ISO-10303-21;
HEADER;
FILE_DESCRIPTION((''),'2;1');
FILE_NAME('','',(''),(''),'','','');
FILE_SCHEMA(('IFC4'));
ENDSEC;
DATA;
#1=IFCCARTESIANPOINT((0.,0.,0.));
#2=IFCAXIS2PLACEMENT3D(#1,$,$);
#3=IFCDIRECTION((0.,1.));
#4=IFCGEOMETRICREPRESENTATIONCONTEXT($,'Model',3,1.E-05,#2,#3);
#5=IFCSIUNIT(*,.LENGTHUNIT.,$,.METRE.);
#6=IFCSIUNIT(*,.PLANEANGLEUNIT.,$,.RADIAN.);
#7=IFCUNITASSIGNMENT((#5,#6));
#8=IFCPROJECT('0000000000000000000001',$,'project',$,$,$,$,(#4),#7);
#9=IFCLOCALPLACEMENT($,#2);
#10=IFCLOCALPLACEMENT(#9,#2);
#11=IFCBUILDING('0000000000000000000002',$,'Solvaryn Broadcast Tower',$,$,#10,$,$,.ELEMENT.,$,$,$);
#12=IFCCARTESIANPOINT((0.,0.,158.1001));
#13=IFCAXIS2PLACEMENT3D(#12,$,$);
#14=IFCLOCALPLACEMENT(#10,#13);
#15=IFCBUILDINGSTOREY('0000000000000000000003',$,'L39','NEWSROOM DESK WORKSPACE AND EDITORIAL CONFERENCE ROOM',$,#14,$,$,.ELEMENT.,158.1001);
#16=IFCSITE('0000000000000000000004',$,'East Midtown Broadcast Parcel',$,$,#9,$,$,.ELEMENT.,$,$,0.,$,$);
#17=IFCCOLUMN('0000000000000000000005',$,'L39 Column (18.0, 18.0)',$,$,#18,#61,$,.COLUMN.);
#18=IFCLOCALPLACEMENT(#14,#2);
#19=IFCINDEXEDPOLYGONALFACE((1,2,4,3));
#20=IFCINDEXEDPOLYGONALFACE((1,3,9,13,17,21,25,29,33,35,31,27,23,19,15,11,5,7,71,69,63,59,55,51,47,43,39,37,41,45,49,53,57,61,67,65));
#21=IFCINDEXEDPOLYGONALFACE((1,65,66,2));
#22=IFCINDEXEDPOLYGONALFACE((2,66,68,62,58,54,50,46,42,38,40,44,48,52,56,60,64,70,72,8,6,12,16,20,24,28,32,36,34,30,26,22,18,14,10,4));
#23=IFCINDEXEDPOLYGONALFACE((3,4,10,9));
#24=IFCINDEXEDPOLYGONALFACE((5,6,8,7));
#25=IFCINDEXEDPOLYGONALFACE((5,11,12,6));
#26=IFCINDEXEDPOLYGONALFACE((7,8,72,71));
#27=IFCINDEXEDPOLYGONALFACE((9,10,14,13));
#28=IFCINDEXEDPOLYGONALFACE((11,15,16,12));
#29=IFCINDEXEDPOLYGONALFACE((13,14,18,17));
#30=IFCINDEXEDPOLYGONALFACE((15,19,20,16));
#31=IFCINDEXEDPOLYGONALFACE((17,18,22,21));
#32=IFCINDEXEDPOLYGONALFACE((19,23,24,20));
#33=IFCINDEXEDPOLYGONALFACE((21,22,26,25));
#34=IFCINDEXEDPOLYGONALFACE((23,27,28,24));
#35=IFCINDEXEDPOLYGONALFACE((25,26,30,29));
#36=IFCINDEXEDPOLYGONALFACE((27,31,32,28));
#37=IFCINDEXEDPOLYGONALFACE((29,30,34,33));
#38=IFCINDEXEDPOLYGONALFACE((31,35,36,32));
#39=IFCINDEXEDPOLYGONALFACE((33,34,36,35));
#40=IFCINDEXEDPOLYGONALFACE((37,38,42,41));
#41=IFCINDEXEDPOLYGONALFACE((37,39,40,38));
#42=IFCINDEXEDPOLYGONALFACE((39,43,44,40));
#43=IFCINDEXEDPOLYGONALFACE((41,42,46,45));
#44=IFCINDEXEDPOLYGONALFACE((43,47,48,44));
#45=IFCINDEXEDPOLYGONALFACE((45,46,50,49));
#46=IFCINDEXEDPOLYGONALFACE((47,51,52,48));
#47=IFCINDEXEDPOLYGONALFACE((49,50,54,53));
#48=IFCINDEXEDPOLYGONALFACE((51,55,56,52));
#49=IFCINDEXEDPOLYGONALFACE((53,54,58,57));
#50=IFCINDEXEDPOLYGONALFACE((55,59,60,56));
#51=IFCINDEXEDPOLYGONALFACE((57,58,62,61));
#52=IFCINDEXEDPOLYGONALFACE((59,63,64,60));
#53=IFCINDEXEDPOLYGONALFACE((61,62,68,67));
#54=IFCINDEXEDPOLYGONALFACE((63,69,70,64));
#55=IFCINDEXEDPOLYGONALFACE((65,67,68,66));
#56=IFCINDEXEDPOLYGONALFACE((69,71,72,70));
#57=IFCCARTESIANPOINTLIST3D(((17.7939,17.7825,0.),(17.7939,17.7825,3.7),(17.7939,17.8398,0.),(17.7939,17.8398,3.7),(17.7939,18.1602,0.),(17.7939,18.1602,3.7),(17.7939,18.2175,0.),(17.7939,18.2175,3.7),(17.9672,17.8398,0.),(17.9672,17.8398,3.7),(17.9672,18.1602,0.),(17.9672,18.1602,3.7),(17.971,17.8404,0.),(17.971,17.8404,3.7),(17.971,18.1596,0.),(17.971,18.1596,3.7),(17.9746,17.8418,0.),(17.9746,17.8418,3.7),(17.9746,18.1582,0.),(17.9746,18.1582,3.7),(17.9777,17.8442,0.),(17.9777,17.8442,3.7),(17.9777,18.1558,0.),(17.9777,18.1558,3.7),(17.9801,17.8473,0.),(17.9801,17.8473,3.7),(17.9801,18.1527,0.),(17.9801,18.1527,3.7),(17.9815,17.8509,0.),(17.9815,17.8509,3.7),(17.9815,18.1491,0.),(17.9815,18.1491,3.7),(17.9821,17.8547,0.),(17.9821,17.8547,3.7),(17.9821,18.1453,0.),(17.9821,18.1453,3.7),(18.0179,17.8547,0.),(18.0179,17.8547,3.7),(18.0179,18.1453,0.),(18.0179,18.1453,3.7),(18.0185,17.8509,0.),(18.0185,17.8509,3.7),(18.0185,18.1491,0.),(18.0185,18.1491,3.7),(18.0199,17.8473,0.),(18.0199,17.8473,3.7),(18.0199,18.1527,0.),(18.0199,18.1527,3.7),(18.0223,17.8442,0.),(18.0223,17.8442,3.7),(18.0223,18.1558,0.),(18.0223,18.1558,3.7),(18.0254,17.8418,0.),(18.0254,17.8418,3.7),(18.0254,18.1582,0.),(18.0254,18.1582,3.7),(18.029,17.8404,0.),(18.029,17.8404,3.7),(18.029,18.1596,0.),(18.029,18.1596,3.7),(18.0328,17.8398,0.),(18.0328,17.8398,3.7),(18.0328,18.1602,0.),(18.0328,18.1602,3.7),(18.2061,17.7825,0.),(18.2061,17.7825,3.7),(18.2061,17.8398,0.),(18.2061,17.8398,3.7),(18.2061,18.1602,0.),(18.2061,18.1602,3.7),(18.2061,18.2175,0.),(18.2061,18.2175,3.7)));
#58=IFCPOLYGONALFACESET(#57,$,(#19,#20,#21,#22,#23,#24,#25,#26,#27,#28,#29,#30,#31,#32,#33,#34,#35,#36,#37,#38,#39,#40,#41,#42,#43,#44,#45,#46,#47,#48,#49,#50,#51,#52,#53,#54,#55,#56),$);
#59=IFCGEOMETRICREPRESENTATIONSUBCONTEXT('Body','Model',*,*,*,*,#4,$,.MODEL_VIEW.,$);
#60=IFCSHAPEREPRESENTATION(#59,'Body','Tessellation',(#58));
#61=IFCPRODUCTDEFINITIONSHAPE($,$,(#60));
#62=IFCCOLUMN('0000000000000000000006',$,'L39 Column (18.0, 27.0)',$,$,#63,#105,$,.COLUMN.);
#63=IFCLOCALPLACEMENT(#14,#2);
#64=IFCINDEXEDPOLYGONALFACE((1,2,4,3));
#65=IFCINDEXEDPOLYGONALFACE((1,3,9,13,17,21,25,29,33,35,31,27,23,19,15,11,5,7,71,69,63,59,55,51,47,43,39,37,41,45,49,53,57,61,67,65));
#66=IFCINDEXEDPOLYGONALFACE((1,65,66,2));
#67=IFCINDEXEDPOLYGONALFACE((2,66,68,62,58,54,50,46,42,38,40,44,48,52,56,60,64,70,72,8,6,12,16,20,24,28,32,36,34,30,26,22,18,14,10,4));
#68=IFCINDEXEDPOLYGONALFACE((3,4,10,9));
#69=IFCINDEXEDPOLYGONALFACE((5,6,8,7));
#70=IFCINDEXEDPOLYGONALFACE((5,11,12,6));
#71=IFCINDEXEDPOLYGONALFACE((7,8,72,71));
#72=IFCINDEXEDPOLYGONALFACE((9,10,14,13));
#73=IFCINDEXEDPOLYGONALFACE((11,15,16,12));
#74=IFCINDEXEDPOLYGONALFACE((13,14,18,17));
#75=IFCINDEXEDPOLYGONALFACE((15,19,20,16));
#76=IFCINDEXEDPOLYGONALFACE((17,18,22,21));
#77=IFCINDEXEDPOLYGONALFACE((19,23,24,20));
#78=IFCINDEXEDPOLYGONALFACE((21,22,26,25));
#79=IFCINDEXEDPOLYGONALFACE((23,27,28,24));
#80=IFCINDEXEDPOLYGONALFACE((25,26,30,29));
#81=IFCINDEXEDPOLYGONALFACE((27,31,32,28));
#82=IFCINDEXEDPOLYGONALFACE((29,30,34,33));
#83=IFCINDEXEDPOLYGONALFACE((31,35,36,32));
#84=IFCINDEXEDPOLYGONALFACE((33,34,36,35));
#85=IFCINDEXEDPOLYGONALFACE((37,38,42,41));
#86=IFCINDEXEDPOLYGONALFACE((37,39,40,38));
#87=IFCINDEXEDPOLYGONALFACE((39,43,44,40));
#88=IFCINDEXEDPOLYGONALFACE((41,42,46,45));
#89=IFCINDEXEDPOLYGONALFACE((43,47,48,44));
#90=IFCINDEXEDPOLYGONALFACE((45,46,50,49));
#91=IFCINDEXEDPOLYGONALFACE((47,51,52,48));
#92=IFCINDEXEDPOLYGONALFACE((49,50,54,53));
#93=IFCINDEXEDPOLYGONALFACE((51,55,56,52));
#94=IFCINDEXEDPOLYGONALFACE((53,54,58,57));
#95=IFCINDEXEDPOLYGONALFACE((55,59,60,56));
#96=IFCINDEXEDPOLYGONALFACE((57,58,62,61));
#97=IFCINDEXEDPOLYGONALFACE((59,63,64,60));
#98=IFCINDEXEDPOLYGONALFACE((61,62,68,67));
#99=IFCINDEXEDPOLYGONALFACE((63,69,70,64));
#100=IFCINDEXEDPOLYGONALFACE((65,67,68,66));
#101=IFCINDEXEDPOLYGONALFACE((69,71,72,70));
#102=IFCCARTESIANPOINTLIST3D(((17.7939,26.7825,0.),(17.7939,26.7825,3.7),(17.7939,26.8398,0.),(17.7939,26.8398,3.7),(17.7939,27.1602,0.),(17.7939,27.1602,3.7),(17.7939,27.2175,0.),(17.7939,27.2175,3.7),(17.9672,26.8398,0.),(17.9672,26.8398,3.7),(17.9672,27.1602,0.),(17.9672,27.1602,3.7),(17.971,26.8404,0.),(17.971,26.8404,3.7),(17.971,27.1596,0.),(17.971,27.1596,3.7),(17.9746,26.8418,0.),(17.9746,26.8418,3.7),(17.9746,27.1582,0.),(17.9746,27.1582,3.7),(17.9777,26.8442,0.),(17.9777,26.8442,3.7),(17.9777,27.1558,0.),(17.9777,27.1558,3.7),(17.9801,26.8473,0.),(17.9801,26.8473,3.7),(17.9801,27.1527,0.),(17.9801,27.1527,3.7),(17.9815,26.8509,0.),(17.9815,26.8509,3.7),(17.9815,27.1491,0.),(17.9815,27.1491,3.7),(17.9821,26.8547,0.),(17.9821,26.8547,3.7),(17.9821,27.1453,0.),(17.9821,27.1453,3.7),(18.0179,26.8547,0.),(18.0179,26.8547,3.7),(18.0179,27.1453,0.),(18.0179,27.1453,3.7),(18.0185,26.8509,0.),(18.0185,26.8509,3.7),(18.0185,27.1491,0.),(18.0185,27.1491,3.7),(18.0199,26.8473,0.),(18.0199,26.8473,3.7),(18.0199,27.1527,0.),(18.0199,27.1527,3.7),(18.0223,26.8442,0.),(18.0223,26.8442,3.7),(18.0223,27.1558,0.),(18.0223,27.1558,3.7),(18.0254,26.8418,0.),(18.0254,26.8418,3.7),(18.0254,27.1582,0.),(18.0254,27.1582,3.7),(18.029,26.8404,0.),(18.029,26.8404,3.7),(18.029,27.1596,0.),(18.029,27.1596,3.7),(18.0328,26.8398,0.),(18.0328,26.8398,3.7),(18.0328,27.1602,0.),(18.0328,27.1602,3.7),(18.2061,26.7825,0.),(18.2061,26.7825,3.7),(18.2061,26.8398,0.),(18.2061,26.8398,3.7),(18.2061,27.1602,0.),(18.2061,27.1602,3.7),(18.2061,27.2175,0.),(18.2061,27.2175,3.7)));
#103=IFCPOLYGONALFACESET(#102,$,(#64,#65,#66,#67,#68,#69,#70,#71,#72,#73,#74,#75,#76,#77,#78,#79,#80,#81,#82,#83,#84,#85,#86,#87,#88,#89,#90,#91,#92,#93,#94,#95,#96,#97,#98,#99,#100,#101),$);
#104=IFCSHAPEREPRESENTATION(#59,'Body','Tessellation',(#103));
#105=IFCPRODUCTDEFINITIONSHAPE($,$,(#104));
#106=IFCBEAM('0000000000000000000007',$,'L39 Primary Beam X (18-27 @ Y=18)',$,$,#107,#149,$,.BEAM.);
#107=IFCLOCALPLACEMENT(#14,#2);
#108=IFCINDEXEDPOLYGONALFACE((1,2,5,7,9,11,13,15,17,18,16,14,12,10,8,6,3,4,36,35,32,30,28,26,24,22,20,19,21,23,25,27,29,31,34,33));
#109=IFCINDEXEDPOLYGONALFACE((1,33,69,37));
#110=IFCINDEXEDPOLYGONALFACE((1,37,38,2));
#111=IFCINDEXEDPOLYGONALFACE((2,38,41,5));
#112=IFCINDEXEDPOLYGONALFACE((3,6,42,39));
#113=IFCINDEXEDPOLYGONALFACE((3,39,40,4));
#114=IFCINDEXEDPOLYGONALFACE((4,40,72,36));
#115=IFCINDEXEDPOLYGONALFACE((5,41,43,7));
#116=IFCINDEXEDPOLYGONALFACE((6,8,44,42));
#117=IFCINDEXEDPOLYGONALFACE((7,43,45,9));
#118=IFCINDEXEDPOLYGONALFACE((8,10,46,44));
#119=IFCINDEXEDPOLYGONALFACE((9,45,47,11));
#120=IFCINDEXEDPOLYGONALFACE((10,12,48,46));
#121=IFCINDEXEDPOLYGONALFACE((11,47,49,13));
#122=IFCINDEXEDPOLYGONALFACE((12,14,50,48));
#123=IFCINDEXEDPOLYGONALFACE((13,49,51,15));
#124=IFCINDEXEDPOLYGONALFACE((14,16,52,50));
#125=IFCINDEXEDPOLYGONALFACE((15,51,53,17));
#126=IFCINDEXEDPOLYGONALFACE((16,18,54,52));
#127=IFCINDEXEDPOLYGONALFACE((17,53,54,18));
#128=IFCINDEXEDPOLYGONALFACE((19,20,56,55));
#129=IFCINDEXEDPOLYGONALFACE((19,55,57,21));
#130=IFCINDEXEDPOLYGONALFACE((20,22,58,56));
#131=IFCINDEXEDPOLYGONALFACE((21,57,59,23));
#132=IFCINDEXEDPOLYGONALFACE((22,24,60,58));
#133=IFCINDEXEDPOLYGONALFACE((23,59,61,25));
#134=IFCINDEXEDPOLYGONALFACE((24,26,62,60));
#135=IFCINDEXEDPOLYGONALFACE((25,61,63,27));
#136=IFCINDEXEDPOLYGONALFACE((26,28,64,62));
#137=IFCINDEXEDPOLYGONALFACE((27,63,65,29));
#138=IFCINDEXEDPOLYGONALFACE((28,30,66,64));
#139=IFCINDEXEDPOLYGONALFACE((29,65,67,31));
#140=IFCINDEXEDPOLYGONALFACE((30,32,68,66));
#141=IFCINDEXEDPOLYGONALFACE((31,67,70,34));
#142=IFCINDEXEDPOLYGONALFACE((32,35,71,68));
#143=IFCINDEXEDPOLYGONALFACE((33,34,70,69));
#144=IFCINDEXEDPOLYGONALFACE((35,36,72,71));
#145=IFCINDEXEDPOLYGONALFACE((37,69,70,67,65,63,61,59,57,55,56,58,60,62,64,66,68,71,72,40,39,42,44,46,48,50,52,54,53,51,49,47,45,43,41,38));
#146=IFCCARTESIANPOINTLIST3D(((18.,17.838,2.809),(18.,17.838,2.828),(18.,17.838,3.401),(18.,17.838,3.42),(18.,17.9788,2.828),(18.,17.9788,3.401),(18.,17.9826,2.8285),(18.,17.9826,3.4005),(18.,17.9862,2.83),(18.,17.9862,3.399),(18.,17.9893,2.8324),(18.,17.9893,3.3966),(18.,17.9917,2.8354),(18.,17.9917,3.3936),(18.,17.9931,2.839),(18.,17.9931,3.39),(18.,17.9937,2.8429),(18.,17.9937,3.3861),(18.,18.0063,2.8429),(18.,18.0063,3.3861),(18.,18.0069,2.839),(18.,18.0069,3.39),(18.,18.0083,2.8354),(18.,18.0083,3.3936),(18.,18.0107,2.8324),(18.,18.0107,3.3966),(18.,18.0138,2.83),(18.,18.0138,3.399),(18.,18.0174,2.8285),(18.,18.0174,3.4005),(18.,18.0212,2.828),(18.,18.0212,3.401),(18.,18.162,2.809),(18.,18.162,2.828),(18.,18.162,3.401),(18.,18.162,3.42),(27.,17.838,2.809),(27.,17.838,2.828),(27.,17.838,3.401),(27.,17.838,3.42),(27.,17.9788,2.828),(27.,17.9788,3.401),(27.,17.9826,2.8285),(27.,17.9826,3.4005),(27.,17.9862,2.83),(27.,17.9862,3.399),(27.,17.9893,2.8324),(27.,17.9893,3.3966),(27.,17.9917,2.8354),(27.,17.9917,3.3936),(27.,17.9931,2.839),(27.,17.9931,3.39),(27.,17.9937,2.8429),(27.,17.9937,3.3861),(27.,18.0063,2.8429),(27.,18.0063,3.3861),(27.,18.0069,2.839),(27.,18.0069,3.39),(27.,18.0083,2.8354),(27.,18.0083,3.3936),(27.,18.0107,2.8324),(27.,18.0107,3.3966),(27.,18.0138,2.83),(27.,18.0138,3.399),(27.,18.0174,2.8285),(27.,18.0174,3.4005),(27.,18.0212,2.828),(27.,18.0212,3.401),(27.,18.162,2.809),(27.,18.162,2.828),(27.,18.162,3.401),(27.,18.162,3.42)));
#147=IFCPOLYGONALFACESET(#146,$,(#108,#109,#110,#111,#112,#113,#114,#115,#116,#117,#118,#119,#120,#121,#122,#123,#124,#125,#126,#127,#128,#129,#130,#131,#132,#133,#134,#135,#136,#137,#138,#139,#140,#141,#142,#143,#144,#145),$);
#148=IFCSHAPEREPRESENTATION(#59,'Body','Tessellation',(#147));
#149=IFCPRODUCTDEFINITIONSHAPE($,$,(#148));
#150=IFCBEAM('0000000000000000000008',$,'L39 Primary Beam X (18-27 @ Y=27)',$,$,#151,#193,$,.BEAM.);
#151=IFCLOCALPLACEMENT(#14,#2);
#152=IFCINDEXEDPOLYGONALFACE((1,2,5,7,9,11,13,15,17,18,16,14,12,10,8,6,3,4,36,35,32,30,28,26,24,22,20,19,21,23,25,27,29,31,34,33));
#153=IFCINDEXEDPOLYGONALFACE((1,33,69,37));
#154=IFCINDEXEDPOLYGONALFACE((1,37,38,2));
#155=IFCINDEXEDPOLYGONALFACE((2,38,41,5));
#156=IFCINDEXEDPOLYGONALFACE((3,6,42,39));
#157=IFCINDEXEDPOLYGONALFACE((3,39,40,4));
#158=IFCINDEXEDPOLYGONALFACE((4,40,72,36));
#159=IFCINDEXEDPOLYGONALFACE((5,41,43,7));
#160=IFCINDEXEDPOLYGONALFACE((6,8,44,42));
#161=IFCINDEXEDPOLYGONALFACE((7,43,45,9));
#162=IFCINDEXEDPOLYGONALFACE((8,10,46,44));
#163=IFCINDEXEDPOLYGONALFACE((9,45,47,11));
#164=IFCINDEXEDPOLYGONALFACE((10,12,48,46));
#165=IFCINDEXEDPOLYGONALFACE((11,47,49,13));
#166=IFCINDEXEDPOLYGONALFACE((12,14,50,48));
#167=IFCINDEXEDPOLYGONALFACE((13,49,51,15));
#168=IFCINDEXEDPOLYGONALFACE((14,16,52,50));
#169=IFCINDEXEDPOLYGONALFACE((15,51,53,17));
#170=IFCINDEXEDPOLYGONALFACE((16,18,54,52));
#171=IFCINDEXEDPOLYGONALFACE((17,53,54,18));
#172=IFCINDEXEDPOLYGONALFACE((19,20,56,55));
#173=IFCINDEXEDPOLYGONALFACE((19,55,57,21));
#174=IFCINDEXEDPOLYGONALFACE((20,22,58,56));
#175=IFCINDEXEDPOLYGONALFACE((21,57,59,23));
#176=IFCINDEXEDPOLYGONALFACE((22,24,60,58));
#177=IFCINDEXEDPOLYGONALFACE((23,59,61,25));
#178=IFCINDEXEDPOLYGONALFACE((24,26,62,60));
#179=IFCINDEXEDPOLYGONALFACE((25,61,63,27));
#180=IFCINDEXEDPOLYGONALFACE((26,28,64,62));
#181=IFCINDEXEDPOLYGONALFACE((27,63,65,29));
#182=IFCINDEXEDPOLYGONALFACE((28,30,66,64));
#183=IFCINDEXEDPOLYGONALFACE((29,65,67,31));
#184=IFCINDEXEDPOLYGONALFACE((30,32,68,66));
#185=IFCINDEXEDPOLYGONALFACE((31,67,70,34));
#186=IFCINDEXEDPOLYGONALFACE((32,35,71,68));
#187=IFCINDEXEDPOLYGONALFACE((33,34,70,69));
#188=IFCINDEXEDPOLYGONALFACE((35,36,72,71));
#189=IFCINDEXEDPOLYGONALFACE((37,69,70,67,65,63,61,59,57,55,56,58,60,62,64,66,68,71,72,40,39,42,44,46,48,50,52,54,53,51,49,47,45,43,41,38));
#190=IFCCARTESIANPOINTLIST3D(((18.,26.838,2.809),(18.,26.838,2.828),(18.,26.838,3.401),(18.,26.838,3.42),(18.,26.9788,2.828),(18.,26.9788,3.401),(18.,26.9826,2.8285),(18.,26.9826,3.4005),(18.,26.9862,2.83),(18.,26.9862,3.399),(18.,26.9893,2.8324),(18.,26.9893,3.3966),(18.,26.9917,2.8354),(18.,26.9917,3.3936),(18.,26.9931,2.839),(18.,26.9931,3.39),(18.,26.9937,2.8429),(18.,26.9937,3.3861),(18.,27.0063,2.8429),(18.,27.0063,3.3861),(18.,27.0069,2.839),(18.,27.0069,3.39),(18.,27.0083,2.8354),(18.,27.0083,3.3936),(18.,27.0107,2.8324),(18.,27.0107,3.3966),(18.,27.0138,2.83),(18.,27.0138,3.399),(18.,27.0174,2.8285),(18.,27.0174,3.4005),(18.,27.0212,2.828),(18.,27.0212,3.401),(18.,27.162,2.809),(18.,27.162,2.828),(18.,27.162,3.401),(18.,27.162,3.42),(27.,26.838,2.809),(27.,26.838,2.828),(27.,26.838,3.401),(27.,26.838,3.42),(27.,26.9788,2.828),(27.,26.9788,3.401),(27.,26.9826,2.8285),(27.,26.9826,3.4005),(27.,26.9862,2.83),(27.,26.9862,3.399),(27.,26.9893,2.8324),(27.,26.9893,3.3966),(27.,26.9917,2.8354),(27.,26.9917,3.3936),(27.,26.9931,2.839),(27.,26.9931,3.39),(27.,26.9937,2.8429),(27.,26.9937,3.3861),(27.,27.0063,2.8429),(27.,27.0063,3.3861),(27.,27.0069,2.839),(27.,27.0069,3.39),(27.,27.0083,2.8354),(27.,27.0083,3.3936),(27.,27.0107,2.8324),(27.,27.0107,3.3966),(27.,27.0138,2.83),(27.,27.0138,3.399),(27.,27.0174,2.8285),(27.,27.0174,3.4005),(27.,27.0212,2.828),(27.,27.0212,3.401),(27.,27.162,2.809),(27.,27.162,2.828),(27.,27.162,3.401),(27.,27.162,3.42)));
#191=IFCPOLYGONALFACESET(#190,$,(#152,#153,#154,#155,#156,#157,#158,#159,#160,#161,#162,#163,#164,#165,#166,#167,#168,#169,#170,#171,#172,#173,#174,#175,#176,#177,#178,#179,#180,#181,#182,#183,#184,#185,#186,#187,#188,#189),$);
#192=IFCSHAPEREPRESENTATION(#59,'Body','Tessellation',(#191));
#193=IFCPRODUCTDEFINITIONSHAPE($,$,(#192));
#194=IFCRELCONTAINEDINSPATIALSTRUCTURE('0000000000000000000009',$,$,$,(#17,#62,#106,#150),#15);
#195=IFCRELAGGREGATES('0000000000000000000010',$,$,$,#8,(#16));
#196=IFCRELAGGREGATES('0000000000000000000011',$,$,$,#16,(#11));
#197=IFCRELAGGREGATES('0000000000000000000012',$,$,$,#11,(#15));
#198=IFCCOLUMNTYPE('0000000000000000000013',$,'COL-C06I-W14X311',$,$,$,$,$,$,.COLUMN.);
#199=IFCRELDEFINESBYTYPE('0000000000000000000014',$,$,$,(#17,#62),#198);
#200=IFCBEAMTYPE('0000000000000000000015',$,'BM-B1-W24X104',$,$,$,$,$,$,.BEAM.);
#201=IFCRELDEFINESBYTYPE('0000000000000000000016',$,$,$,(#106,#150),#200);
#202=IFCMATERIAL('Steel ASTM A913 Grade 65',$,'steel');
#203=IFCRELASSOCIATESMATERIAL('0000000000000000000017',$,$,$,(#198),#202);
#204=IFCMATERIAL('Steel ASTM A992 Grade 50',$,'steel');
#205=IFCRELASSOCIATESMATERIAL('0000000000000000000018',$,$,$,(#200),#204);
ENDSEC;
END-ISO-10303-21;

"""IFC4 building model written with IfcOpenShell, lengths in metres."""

from ifc_helpers import new_model, si_unit, direction, frame, origin, origin_2d, place, context, subcontext, project, spatial, i_section, extrude, material, material_profile, profile_set, type_object, element, save


model = new_model("IFC4")

# Units and contexts
model_context = context("Model", 3, precision=1e-05, world=origin(), true_north=direction((0.0, 1.0)))
body_context = subcontext(model_context, "Body", "Model", "MODEL_VIEW")
ifc_project = project(units=[si_unit("LENGTHUNIT", "METRE"), si_unit("PLANEANGLEUNIT", "RADIAN")], contexts=[model_context])

# Site, building, storey
site_placement = place(None, origin())
site = spatial("IfcSite", under=ifc_project, at=site_placement, Name="East Midtown Broadcast Parcel", CompositionType="ELEMENT", RefElevation=0.0)
building_placement = place(site_placement, origin())
building = spatial("IfcBuilding", under=site, at=building_placement, Name="Solvaryn Broadcast Tower", CompositionType="ELEMENT")
storey_placement = place(building_placement, frame((0.0, 0.0, 158.1001)))
storey = spatial("IfcBuildingStorey", under=building, at=storey_placement, Name="L39", Description="NEWSROOM DESK WORKSPACE AND EDITORIAL CONFERENCE ROOM", CompositionType="ELEMENT", Elevation=158.1001)

# Columns
ifc_material_1 = material(Name="Steel ASTM A913 Grade 65", Category="steel")
ifc_material_profile_1 = material_profile(ifc_material_1, i_section(OverallWidth=0.4121, OverallDepth=0.4351, WebThickness=0.0359, FlangeThickness=0.0574, FilletRadius=0.0149, at=origin_2d()))
ifc_profile_set_1 = profile_set([ifc_material_profile_1], Name="Steel ASTM A913 Grade 65")
column_type = type_object("IfcColumnType", Name="COL-C06I-W14X311", PredefinedType="COLUMN", material=ifc_profile_set_1)
for number, where, z_axis, x_axis, name in (
    (1, (18.0, 18.0, 0.0), (0.0, 0.0, 1.0), (1.0, 0.0, 0.0), "L39 Column (18.0, 18.0)"),
    (2, (18.0, 27.0, 0.0), (0.0, 0.0, 1.0), (1.0, 0.0, 0.0), "L39 Column (18.0, 27.0)"),
):
    element("IfcColumn", number, at=place(storey_placement, frame(where, z_axis=z_axis, x_axis=x_axis)), inside=storey, type_object=column_type, Name=name, PredefinedType="COLUMN", context=body_context, shape_type="SweptSolid", body=[
        extrude(i_section(OverallWidth=0.4121, OverallDepth=0.4351, WebThickness=0.0359, FlangeThickness=0.0574, FilletRadius=0.0149, at=origin_2d()), origin(), (0.0, 0.0, 1.0), 3.7),
    ])

# Beams
ifc_material_2 = material(Name="Steel ASTM A992 Grade 50", Category="steel")
ifc_material_profile_2 = material_profile(ifc_material_2, i_section(OverallWidth=0.324, OverallDepth=0.6111, WebThickness=0.0127, FlangeThickness=0.019, FilletRadius=0.0149, at=origin_2d()))
ifc_profile_set_2 = profile_set([ifc_material_profile_2], Name="Steel ASTM A992 Grade 50")
beam_type_1 = type_object("IfcBeamType", Name="BM-B1-W24X104", PredefinedType="BEAM", material=ifc_profile_set_2)
for number, where, z_axis, x_axis, name in (
    (3, (18.0, 18.0, 3.1145), (1.0, 0.0, 0.0), (0.0, 1.0, 0.0), "L39 Primary Beam X (18-27 @ Y=18)"),
    (4, (18.0, 27.0, 3.1145), (1.0, 0.0, 0.0), (0.0, 1.0, 0.0), "L39 Primary Beam X (18-27 @ Y=27)"),
):
    element("IfcBeam", number, at=place(storey_placement, frame(where, z_axis=z_axis, x_axis=x_axis)), inside=storey, type_object=beam_type_1, Name=name, PredefinedType="BEAM", context=body_context, shape_type="SweptSolid", body=[
        extrude(i_section(OverallWidth=0.324, OverallDepth=0.6111, WebThickness=0.0127, FlangeThickness=0.019, FilletRadius=0.0149, at=origin_2d()), origin(), (0.0, 0.0, 1.0), 9.0),
    ])

save(model, "model.ifc")
